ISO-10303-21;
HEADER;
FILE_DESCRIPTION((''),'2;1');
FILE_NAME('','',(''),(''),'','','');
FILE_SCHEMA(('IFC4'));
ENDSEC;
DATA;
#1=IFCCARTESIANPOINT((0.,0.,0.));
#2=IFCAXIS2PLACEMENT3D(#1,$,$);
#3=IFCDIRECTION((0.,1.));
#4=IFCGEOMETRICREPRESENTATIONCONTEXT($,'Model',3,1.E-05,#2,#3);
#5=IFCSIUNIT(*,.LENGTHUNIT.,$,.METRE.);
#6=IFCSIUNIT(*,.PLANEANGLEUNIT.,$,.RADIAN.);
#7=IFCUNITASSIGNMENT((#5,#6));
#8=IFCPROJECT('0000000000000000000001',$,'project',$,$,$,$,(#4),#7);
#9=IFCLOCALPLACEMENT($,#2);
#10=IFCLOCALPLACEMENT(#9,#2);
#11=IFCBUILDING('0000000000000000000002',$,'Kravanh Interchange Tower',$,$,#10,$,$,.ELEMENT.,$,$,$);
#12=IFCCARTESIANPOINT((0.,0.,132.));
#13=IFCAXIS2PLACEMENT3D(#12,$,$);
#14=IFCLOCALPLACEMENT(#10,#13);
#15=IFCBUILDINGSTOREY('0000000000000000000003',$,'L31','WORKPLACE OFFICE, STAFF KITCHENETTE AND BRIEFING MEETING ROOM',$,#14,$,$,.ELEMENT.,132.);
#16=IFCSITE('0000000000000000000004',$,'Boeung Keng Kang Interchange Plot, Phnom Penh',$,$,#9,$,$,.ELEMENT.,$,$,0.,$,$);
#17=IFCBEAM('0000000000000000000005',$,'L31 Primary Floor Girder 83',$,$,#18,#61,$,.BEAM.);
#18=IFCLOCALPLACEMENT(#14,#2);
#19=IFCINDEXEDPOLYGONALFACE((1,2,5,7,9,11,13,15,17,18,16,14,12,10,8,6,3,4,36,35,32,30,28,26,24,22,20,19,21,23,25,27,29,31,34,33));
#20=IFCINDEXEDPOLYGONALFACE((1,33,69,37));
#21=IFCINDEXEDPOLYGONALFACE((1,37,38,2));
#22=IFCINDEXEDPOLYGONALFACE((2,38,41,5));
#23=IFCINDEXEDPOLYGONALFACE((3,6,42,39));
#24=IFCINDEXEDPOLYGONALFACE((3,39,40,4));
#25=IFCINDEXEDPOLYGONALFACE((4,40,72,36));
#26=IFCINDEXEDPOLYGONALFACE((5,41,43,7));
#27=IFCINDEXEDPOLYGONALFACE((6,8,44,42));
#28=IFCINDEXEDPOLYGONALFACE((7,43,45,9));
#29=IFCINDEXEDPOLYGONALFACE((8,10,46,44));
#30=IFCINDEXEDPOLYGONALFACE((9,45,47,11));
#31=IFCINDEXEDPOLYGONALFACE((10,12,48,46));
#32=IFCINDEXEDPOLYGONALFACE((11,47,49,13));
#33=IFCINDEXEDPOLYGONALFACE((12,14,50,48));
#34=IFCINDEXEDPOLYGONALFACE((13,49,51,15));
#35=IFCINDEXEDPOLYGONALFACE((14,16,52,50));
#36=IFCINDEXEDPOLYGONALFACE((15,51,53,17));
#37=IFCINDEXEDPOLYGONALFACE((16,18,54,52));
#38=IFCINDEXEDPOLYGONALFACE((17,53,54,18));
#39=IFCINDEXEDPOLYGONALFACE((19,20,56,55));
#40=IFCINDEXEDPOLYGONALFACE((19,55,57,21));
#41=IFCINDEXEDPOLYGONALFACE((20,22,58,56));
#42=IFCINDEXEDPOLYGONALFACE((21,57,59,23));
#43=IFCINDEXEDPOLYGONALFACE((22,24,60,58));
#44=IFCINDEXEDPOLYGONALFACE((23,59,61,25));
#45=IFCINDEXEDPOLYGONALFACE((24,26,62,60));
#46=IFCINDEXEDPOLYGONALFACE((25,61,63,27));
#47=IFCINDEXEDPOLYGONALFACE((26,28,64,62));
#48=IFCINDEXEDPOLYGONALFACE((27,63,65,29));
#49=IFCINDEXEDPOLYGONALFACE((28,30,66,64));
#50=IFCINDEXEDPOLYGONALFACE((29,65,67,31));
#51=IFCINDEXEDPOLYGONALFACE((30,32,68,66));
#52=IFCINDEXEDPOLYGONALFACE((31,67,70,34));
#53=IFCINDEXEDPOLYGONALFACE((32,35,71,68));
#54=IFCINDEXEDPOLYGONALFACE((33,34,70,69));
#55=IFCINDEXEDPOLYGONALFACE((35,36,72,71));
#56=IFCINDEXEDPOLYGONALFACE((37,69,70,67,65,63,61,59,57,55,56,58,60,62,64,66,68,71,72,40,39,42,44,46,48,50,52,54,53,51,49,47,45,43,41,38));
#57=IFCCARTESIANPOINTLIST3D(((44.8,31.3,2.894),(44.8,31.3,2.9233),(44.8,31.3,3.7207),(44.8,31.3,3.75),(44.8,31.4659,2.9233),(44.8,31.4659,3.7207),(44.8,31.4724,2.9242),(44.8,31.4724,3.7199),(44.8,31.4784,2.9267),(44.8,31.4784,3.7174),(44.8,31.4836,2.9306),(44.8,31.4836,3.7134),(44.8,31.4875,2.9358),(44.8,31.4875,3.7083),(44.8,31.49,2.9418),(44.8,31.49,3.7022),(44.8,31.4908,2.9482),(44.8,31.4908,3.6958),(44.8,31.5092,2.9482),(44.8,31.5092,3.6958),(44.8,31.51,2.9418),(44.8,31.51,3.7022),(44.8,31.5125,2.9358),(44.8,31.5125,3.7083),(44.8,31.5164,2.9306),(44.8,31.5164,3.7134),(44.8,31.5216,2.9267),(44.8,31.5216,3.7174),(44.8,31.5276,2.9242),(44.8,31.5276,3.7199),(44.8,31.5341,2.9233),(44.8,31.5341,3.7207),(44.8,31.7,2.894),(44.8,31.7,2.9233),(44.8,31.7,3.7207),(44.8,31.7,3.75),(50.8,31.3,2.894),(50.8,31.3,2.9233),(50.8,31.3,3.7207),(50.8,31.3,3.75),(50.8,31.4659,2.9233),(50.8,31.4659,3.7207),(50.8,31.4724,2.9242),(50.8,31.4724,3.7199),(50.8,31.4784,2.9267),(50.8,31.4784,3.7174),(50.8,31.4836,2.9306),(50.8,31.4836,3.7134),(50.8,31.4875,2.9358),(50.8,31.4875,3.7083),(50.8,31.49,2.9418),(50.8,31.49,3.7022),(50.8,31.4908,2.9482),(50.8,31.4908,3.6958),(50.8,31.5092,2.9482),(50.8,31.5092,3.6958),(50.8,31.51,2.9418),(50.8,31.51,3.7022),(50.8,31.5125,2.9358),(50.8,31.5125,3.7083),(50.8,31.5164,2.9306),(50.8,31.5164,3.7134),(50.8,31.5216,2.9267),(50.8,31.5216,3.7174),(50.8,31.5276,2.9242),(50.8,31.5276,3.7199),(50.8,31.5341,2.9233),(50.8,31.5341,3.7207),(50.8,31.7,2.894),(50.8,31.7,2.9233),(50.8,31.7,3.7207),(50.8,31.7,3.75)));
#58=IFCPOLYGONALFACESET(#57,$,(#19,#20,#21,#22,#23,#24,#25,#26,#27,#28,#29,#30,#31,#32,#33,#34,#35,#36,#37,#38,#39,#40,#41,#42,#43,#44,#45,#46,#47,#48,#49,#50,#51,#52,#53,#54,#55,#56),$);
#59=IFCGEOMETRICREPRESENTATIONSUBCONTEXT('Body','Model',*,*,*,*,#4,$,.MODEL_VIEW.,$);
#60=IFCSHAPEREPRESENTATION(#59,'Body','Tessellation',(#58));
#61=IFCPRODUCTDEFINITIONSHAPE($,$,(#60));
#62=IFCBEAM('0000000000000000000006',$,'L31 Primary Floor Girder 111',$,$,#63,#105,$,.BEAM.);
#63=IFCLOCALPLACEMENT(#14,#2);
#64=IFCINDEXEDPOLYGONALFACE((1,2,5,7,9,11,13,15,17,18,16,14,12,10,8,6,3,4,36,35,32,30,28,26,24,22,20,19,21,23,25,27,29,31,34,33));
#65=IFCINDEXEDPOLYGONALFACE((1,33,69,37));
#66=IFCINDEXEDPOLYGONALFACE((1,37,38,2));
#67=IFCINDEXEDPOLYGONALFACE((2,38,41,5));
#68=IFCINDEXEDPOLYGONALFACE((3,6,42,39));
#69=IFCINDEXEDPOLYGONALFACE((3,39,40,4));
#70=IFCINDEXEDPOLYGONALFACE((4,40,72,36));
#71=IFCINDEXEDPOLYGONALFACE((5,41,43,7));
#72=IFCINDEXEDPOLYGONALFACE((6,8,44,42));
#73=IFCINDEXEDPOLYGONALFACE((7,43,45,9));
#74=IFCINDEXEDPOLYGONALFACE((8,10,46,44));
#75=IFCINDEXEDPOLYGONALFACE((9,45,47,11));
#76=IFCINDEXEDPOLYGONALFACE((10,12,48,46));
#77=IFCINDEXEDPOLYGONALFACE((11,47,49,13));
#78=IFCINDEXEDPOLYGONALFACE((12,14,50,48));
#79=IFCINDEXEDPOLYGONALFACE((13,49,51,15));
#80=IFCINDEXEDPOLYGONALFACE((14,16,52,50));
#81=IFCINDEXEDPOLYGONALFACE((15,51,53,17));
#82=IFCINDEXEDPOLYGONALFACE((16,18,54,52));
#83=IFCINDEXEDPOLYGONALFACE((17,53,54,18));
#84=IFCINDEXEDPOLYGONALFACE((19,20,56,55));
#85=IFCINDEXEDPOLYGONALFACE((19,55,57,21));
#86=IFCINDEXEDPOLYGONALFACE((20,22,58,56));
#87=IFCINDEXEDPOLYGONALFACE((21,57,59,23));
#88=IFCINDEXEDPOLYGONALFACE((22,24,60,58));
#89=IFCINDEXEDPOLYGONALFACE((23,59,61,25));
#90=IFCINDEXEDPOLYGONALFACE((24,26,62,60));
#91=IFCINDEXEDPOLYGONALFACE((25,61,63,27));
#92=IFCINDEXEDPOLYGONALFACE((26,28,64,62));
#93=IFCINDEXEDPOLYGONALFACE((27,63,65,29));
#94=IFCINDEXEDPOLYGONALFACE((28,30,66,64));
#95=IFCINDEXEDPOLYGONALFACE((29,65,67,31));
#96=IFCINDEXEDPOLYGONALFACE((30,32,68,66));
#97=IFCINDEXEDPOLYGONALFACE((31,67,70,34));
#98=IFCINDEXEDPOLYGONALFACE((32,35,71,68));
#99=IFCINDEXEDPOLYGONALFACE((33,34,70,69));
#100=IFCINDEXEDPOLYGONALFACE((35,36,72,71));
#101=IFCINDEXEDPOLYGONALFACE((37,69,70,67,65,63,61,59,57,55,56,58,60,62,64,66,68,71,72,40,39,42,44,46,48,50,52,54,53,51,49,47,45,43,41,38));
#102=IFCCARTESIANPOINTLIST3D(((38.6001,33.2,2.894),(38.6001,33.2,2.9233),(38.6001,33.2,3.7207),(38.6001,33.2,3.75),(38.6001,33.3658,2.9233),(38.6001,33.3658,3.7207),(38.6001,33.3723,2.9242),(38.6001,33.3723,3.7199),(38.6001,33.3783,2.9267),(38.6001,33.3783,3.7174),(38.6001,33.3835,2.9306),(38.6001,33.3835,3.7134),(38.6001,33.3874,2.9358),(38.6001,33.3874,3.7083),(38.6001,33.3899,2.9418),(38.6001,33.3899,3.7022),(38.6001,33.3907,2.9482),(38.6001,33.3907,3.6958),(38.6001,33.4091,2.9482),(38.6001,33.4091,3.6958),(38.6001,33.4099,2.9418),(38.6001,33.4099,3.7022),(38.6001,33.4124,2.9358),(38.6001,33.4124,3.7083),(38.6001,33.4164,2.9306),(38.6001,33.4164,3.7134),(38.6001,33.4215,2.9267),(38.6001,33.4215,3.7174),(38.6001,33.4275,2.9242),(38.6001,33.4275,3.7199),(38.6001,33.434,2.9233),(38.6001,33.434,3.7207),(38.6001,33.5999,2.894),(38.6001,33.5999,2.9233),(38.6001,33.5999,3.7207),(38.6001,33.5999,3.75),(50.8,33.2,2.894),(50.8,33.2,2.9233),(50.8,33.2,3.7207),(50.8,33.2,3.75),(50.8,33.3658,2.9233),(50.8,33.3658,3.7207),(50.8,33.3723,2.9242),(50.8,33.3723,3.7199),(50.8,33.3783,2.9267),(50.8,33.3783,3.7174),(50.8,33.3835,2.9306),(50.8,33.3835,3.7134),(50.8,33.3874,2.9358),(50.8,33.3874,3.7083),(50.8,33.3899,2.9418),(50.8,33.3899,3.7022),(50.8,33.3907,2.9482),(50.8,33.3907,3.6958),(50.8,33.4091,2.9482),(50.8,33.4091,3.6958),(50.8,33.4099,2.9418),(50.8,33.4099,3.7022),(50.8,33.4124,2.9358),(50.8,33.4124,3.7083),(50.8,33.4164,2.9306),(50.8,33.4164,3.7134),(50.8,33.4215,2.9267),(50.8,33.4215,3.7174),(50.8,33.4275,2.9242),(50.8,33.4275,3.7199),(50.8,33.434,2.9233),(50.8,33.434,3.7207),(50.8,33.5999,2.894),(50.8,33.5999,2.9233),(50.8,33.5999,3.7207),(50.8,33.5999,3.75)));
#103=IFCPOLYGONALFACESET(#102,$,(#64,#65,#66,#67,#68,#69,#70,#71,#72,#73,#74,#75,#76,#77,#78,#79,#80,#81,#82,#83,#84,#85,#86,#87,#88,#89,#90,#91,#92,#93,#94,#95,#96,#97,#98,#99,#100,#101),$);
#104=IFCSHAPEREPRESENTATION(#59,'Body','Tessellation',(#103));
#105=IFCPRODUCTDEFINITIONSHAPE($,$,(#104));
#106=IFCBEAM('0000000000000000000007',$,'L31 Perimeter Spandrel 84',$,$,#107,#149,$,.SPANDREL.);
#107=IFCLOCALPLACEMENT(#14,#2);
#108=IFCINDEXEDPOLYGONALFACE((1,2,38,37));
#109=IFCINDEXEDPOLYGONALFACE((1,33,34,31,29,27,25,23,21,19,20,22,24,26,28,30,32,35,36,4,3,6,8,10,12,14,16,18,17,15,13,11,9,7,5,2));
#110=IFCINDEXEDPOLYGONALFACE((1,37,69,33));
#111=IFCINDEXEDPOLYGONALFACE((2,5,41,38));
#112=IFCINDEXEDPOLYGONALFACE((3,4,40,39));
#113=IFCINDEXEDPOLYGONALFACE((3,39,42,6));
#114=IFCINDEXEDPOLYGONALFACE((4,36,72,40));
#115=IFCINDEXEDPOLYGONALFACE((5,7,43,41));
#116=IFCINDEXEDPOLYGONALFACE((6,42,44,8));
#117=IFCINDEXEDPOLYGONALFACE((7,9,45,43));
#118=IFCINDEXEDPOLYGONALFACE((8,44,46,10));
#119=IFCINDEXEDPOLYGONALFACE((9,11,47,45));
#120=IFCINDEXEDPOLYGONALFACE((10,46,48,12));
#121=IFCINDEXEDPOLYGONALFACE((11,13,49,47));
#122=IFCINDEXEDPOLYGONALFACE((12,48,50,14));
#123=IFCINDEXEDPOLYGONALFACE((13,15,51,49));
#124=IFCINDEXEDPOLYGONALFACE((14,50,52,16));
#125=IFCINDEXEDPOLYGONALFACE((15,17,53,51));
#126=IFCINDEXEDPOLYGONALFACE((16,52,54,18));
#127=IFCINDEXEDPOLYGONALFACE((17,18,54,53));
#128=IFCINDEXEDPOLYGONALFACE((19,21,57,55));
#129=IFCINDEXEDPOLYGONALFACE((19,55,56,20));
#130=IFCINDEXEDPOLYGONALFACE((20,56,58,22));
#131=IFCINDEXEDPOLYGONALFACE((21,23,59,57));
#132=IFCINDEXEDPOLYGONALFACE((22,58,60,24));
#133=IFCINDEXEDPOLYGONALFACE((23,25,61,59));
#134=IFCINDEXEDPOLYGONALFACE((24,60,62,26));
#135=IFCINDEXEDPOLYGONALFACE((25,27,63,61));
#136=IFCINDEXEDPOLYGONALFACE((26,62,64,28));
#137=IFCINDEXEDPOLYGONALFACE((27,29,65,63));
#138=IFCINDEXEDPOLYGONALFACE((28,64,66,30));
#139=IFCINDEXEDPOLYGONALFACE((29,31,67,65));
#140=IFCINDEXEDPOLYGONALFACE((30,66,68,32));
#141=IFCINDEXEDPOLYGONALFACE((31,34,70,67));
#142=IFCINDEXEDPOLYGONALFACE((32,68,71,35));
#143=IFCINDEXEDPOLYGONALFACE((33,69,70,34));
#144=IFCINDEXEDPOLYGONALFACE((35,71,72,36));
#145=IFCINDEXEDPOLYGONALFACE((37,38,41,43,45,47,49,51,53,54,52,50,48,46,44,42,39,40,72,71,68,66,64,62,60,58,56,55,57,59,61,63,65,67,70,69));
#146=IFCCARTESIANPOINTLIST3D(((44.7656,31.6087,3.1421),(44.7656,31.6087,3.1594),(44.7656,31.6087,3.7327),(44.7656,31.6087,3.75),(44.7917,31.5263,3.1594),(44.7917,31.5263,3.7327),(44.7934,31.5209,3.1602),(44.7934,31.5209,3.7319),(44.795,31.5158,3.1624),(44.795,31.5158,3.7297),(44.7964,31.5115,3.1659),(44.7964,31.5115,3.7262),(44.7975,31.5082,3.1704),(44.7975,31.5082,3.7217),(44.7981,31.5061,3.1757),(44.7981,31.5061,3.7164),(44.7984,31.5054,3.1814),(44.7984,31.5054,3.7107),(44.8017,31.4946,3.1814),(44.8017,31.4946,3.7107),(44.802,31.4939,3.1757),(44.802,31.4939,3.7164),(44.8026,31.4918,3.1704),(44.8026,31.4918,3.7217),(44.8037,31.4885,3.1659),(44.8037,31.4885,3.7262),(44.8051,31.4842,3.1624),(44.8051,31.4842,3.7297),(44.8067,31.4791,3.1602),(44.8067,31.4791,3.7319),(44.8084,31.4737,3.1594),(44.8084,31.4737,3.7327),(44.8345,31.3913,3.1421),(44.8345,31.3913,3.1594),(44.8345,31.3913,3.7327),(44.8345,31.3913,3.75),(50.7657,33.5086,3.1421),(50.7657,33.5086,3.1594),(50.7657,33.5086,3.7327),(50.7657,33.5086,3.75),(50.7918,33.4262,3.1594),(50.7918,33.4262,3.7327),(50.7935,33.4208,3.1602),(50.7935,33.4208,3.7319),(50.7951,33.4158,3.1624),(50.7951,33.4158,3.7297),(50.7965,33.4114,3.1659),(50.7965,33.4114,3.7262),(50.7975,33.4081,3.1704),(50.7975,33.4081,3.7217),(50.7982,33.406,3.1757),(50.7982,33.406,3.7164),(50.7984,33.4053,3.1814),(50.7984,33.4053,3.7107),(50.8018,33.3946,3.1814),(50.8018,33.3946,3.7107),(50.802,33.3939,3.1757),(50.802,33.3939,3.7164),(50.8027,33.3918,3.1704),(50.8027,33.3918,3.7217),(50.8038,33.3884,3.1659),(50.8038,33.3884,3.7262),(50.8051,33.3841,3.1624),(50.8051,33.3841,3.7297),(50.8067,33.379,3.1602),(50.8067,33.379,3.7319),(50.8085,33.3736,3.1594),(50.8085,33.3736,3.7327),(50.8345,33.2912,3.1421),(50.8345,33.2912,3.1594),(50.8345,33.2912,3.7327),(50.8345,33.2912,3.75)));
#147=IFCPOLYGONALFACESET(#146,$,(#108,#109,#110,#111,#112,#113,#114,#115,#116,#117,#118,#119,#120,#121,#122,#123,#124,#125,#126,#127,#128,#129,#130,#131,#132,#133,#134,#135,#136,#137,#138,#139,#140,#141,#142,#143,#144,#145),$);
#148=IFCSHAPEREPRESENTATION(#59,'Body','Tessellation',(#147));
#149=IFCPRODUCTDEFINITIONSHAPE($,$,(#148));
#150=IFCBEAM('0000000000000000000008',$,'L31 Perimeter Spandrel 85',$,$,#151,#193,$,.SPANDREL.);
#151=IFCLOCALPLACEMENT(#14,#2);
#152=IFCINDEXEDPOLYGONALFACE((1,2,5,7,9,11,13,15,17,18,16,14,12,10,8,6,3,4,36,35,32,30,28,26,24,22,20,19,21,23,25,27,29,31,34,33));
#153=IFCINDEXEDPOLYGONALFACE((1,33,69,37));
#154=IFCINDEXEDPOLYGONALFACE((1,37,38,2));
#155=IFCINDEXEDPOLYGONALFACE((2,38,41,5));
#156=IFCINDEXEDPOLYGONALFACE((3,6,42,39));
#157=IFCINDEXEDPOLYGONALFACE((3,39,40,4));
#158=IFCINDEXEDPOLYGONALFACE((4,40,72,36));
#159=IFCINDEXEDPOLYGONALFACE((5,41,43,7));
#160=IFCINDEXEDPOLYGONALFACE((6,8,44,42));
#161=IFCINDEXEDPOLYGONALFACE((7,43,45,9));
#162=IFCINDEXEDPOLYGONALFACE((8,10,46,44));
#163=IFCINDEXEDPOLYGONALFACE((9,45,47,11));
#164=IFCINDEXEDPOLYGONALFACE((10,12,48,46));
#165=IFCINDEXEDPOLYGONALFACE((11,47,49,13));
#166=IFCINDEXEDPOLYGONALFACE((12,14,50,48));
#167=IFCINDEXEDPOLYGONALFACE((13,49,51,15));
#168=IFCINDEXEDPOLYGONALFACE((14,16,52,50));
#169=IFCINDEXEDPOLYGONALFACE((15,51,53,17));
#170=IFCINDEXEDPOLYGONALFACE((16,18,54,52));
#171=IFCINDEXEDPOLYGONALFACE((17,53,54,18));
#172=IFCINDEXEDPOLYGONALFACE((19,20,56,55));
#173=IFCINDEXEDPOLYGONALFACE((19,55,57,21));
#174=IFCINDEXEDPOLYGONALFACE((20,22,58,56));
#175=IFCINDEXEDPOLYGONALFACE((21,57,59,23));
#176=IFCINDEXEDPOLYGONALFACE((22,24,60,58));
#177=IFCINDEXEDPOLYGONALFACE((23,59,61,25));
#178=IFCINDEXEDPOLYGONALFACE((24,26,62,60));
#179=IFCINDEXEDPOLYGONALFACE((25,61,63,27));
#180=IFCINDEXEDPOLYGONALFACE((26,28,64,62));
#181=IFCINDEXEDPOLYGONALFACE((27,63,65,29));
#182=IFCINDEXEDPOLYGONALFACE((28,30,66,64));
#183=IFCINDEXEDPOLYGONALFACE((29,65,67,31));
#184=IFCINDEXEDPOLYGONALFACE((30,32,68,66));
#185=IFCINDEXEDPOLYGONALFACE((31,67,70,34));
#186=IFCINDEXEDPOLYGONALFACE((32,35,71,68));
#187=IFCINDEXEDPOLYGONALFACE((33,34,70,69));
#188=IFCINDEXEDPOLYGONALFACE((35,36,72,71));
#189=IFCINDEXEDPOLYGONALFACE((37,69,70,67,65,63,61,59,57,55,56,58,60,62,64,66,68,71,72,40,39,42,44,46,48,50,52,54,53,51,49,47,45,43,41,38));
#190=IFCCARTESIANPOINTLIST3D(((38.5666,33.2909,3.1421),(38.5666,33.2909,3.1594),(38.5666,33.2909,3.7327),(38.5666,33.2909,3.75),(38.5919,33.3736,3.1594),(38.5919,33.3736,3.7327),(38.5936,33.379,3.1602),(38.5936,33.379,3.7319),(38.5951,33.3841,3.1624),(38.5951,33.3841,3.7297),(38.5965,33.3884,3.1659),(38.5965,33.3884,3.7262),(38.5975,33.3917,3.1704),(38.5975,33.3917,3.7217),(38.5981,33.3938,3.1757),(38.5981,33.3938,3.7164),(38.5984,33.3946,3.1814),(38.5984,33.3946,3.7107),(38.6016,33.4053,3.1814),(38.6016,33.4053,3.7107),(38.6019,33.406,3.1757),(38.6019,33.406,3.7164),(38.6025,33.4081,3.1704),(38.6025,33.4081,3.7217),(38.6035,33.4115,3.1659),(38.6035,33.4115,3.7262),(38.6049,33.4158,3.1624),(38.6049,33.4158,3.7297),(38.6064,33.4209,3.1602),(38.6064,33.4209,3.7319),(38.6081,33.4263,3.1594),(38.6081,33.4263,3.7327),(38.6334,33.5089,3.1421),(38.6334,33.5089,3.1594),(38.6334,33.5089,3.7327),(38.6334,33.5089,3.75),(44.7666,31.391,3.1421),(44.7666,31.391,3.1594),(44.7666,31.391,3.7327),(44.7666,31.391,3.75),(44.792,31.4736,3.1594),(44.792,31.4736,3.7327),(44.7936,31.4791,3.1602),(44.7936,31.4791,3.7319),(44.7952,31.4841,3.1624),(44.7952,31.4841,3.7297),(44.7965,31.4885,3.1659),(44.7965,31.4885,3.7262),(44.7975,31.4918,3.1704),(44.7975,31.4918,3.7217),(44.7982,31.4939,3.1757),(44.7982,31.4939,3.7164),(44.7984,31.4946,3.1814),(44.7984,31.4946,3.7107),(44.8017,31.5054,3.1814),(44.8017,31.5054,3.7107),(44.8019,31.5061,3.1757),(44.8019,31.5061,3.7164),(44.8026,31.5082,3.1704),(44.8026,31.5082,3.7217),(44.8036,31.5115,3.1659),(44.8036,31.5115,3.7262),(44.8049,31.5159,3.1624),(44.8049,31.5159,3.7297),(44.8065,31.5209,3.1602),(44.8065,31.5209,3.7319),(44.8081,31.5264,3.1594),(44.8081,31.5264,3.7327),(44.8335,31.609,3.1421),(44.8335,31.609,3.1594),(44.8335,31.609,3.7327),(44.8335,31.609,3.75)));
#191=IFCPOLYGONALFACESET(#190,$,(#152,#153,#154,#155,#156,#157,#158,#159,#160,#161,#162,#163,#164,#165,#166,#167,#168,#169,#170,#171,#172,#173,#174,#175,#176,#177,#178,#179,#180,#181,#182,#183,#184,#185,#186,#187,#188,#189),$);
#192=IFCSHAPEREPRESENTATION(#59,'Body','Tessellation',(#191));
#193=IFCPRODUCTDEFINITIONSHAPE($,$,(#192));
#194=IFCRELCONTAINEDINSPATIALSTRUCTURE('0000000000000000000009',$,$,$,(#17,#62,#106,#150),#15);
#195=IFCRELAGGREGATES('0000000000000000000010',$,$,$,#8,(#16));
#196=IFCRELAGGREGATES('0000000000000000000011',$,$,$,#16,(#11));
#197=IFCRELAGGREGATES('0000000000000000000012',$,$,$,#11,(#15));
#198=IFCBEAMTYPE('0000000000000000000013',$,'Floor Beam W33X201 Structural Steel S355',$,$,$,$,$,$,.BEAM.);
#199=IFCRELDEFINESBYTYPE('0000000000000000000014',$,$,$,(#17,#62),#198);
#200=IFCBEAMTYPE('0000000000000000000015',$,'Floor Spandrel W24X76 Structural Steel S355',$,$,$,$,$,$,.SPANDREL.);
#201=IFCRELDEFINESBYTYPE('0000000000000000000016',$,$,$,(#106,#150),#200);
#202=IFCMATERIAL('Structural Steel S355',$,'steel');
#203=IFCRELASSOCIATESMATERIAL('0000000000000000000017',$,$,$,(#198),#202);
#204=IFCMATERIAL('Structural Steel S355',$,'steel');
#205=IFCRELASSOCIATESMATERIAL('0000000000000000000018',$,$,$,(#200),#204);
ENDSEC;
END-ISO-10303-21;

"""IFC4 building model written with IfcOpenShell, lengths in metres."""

from ifc_helpers import new_model, si_unit, direction, frame, origin, origin_2d, place, context, subcontext, project, spatial, i_section, extrude, material, material_profile, profile_set, type_object, element, save


model = new_model("IFC4")

# Units and contexts
model_context = context("Model", 3, precision=1e-05, world=origin(), true_north=direction((0.0, 1.0)))
body_context = subcontext(model_context, "Body", "Model", "MODEL_VIEW")
ifc_project = project(units=[si_unit("LENGTHUNIT", "METRE"), si_unit("PLANEANGLEUNIT", "RADIAN")], contexts=[model_context])

# Site, building, storey
site_placement = place(None, origin())
site = spatial("IfcSite", under=ifc_project, at=site_placement, Name="Boeung Keng Kang Interchange Plot, Phnom Penh", CompositionType="ELEMENT", RefElevation=0.0)
building_placement = place(site_placement, origin())
building = spatial("IfcBuilding", under=site, at=building_placement, Name="Kravanh Interchange Tower", CompositionType="ELEMENT")
storey_placement = place(building_placement, frame((0.0, 0.0, 132.0)))
storey = spatial("IfcBuildingStorey", under=building, at=storey_placement, Name="L31", Description="WORKPLACE OFFICE, STAFF KITCHENETTE AND BRIEFING MEETING ROOM", CompositionType="ELEMENT", Elevation=132.0)

# Beams
ifc_material_1 = material(Name="Structural Steel S355", Category="steel")
ifc_material_profile_1 = material_profile(ifc_material_1, i_section(OverallWidth=0.3999, OverallDepth=0.856, WebThickness=0.0183, FlangeThickness=0.0293, FilletRadius=0.0249, at=origin_2d()), Name="W33X201")
ifc_profile_set_1 = profile_set([ifc_material_profile_1], Name="Structural Steel S355")
beam_type_1 = type_object("IfcBeamType", Name="Floor Beam W33X201 Structural Steel S355", PredefinedType="BEAM", material=ifc_profile_set_1)
beam_1_placement = place(storey_placement, frame((44.8, 31.5, 3.322), z_axis=(1.0, 0.0, 0.0), x_axis=(0.0, 1.0, 0.0)))
element("IfcBeam", 1, at=beam_1_placement, inside=storey, type_object=beam_type_1, Name="L31 Primary Floor Girder 83", PredefinedType="BEAM", context=body_context, shape_type="SweptSolid", body=[
    extrude(i_section(OverallWidth=0.3999, OverallDepth=0.856, WebThickness=0.0183, FlangeThickness=0.0293, FilletRadius=0.0249, at=origin_2d()), origin(), (0.0, 0.0, 1.0), 6.0),
])
beam_2_placement = place(storey_placement, frame((38.6001, 33.3999, 3.322), z_axis=(1.0, 0.0, 0.0), x_axis=(0.0, 1.0, 0.0)))
element("IfcBeam", 2, at=beam_2_placement, inside=storey, type_object=beam_type_1, Name="L31 Primary Floor Girder 111", PredefinedType="BEAM", context=body_context, shape_type="SweptSolid", body=[
    extrude(i_section(OverallWidth=0.3999, OverallDepth=0.856, WebThickness=0.0183, FlangeThickness=0.0293, FilletRadius=0.0249, at=origin_2d()), origin(), (0.0, 0.0, 1.0), 12.2),
])
ifc_material_2 = material(Name="Structural Steel S355", Category="steel")
ifc_material_profile_2 = material_profile(ifc_material_2, i_section(OverallWidth=0.228, OverallDepth=0.6079, WebThickness=0.0112, FlangeThickness=0.0173, FilletRadius=0.022, at=origin_2d()), Name="W24X76")
ifc_profile_set_2 = profile_set([ifc_material_profile_2], Name="Structural Steel S355")
beam_type_2 = type_object("IfcBeamType", Name="Floor Spandrel W24X76 Structural Steel S355", PredefinedType="SPANDREL", material=ifc_profile_set_2)
beam_3_placement = place(storey_placement, frame((44.8, 31.5, 3.446), z_axis=(0.953347, 0.301878, 0.0), x_axis=(-0.301878, 0.953347, 0.0)))
element("IfcBeam", 3, at=beam_3_placement, inside=storey, type_object=beam_type_2, Name="L31 Perimeter Spandrel 84", PredefinedType="SPANDREL", context=body_context, shape_type="SweptSolid", body=[
    extrude(i_section(OverallWidth=0.228, OverallDepth=0.6079, WebThickness=0.0112, FlangeThickness=0.0173, FilletRadius=0.022, at=origin_2d()), origin(), (0.0, 0.0, 1.0), 6.2937),
])
beam_4_placement = place(storey_placement, frame((44.8, 31.5, 3.446), z_axis=(-0.956115, 0.29299, 0.0), x_axis=(-0.29299, -0.956115, 0.0)))
element("IfcBeam", 4, at=beam_4_placement, inside=storey, type_object=beam_type_2, Name="L31 Perimeter Spandrel 85", PredefinedType="SPANDREL", context=body_context, shape_type="SweptSolid", body=[
    extrude(i_section(OverallWidth=0.228, OverallDepth=0.6079, WebThickness=0.0112, FlangeThickness=0.0173, FilletRadius=0.022, at=origin_2d()), origin(), (0.0, 0.0, 1.0), 6.4846),
])

save(model, "model.ifc")
